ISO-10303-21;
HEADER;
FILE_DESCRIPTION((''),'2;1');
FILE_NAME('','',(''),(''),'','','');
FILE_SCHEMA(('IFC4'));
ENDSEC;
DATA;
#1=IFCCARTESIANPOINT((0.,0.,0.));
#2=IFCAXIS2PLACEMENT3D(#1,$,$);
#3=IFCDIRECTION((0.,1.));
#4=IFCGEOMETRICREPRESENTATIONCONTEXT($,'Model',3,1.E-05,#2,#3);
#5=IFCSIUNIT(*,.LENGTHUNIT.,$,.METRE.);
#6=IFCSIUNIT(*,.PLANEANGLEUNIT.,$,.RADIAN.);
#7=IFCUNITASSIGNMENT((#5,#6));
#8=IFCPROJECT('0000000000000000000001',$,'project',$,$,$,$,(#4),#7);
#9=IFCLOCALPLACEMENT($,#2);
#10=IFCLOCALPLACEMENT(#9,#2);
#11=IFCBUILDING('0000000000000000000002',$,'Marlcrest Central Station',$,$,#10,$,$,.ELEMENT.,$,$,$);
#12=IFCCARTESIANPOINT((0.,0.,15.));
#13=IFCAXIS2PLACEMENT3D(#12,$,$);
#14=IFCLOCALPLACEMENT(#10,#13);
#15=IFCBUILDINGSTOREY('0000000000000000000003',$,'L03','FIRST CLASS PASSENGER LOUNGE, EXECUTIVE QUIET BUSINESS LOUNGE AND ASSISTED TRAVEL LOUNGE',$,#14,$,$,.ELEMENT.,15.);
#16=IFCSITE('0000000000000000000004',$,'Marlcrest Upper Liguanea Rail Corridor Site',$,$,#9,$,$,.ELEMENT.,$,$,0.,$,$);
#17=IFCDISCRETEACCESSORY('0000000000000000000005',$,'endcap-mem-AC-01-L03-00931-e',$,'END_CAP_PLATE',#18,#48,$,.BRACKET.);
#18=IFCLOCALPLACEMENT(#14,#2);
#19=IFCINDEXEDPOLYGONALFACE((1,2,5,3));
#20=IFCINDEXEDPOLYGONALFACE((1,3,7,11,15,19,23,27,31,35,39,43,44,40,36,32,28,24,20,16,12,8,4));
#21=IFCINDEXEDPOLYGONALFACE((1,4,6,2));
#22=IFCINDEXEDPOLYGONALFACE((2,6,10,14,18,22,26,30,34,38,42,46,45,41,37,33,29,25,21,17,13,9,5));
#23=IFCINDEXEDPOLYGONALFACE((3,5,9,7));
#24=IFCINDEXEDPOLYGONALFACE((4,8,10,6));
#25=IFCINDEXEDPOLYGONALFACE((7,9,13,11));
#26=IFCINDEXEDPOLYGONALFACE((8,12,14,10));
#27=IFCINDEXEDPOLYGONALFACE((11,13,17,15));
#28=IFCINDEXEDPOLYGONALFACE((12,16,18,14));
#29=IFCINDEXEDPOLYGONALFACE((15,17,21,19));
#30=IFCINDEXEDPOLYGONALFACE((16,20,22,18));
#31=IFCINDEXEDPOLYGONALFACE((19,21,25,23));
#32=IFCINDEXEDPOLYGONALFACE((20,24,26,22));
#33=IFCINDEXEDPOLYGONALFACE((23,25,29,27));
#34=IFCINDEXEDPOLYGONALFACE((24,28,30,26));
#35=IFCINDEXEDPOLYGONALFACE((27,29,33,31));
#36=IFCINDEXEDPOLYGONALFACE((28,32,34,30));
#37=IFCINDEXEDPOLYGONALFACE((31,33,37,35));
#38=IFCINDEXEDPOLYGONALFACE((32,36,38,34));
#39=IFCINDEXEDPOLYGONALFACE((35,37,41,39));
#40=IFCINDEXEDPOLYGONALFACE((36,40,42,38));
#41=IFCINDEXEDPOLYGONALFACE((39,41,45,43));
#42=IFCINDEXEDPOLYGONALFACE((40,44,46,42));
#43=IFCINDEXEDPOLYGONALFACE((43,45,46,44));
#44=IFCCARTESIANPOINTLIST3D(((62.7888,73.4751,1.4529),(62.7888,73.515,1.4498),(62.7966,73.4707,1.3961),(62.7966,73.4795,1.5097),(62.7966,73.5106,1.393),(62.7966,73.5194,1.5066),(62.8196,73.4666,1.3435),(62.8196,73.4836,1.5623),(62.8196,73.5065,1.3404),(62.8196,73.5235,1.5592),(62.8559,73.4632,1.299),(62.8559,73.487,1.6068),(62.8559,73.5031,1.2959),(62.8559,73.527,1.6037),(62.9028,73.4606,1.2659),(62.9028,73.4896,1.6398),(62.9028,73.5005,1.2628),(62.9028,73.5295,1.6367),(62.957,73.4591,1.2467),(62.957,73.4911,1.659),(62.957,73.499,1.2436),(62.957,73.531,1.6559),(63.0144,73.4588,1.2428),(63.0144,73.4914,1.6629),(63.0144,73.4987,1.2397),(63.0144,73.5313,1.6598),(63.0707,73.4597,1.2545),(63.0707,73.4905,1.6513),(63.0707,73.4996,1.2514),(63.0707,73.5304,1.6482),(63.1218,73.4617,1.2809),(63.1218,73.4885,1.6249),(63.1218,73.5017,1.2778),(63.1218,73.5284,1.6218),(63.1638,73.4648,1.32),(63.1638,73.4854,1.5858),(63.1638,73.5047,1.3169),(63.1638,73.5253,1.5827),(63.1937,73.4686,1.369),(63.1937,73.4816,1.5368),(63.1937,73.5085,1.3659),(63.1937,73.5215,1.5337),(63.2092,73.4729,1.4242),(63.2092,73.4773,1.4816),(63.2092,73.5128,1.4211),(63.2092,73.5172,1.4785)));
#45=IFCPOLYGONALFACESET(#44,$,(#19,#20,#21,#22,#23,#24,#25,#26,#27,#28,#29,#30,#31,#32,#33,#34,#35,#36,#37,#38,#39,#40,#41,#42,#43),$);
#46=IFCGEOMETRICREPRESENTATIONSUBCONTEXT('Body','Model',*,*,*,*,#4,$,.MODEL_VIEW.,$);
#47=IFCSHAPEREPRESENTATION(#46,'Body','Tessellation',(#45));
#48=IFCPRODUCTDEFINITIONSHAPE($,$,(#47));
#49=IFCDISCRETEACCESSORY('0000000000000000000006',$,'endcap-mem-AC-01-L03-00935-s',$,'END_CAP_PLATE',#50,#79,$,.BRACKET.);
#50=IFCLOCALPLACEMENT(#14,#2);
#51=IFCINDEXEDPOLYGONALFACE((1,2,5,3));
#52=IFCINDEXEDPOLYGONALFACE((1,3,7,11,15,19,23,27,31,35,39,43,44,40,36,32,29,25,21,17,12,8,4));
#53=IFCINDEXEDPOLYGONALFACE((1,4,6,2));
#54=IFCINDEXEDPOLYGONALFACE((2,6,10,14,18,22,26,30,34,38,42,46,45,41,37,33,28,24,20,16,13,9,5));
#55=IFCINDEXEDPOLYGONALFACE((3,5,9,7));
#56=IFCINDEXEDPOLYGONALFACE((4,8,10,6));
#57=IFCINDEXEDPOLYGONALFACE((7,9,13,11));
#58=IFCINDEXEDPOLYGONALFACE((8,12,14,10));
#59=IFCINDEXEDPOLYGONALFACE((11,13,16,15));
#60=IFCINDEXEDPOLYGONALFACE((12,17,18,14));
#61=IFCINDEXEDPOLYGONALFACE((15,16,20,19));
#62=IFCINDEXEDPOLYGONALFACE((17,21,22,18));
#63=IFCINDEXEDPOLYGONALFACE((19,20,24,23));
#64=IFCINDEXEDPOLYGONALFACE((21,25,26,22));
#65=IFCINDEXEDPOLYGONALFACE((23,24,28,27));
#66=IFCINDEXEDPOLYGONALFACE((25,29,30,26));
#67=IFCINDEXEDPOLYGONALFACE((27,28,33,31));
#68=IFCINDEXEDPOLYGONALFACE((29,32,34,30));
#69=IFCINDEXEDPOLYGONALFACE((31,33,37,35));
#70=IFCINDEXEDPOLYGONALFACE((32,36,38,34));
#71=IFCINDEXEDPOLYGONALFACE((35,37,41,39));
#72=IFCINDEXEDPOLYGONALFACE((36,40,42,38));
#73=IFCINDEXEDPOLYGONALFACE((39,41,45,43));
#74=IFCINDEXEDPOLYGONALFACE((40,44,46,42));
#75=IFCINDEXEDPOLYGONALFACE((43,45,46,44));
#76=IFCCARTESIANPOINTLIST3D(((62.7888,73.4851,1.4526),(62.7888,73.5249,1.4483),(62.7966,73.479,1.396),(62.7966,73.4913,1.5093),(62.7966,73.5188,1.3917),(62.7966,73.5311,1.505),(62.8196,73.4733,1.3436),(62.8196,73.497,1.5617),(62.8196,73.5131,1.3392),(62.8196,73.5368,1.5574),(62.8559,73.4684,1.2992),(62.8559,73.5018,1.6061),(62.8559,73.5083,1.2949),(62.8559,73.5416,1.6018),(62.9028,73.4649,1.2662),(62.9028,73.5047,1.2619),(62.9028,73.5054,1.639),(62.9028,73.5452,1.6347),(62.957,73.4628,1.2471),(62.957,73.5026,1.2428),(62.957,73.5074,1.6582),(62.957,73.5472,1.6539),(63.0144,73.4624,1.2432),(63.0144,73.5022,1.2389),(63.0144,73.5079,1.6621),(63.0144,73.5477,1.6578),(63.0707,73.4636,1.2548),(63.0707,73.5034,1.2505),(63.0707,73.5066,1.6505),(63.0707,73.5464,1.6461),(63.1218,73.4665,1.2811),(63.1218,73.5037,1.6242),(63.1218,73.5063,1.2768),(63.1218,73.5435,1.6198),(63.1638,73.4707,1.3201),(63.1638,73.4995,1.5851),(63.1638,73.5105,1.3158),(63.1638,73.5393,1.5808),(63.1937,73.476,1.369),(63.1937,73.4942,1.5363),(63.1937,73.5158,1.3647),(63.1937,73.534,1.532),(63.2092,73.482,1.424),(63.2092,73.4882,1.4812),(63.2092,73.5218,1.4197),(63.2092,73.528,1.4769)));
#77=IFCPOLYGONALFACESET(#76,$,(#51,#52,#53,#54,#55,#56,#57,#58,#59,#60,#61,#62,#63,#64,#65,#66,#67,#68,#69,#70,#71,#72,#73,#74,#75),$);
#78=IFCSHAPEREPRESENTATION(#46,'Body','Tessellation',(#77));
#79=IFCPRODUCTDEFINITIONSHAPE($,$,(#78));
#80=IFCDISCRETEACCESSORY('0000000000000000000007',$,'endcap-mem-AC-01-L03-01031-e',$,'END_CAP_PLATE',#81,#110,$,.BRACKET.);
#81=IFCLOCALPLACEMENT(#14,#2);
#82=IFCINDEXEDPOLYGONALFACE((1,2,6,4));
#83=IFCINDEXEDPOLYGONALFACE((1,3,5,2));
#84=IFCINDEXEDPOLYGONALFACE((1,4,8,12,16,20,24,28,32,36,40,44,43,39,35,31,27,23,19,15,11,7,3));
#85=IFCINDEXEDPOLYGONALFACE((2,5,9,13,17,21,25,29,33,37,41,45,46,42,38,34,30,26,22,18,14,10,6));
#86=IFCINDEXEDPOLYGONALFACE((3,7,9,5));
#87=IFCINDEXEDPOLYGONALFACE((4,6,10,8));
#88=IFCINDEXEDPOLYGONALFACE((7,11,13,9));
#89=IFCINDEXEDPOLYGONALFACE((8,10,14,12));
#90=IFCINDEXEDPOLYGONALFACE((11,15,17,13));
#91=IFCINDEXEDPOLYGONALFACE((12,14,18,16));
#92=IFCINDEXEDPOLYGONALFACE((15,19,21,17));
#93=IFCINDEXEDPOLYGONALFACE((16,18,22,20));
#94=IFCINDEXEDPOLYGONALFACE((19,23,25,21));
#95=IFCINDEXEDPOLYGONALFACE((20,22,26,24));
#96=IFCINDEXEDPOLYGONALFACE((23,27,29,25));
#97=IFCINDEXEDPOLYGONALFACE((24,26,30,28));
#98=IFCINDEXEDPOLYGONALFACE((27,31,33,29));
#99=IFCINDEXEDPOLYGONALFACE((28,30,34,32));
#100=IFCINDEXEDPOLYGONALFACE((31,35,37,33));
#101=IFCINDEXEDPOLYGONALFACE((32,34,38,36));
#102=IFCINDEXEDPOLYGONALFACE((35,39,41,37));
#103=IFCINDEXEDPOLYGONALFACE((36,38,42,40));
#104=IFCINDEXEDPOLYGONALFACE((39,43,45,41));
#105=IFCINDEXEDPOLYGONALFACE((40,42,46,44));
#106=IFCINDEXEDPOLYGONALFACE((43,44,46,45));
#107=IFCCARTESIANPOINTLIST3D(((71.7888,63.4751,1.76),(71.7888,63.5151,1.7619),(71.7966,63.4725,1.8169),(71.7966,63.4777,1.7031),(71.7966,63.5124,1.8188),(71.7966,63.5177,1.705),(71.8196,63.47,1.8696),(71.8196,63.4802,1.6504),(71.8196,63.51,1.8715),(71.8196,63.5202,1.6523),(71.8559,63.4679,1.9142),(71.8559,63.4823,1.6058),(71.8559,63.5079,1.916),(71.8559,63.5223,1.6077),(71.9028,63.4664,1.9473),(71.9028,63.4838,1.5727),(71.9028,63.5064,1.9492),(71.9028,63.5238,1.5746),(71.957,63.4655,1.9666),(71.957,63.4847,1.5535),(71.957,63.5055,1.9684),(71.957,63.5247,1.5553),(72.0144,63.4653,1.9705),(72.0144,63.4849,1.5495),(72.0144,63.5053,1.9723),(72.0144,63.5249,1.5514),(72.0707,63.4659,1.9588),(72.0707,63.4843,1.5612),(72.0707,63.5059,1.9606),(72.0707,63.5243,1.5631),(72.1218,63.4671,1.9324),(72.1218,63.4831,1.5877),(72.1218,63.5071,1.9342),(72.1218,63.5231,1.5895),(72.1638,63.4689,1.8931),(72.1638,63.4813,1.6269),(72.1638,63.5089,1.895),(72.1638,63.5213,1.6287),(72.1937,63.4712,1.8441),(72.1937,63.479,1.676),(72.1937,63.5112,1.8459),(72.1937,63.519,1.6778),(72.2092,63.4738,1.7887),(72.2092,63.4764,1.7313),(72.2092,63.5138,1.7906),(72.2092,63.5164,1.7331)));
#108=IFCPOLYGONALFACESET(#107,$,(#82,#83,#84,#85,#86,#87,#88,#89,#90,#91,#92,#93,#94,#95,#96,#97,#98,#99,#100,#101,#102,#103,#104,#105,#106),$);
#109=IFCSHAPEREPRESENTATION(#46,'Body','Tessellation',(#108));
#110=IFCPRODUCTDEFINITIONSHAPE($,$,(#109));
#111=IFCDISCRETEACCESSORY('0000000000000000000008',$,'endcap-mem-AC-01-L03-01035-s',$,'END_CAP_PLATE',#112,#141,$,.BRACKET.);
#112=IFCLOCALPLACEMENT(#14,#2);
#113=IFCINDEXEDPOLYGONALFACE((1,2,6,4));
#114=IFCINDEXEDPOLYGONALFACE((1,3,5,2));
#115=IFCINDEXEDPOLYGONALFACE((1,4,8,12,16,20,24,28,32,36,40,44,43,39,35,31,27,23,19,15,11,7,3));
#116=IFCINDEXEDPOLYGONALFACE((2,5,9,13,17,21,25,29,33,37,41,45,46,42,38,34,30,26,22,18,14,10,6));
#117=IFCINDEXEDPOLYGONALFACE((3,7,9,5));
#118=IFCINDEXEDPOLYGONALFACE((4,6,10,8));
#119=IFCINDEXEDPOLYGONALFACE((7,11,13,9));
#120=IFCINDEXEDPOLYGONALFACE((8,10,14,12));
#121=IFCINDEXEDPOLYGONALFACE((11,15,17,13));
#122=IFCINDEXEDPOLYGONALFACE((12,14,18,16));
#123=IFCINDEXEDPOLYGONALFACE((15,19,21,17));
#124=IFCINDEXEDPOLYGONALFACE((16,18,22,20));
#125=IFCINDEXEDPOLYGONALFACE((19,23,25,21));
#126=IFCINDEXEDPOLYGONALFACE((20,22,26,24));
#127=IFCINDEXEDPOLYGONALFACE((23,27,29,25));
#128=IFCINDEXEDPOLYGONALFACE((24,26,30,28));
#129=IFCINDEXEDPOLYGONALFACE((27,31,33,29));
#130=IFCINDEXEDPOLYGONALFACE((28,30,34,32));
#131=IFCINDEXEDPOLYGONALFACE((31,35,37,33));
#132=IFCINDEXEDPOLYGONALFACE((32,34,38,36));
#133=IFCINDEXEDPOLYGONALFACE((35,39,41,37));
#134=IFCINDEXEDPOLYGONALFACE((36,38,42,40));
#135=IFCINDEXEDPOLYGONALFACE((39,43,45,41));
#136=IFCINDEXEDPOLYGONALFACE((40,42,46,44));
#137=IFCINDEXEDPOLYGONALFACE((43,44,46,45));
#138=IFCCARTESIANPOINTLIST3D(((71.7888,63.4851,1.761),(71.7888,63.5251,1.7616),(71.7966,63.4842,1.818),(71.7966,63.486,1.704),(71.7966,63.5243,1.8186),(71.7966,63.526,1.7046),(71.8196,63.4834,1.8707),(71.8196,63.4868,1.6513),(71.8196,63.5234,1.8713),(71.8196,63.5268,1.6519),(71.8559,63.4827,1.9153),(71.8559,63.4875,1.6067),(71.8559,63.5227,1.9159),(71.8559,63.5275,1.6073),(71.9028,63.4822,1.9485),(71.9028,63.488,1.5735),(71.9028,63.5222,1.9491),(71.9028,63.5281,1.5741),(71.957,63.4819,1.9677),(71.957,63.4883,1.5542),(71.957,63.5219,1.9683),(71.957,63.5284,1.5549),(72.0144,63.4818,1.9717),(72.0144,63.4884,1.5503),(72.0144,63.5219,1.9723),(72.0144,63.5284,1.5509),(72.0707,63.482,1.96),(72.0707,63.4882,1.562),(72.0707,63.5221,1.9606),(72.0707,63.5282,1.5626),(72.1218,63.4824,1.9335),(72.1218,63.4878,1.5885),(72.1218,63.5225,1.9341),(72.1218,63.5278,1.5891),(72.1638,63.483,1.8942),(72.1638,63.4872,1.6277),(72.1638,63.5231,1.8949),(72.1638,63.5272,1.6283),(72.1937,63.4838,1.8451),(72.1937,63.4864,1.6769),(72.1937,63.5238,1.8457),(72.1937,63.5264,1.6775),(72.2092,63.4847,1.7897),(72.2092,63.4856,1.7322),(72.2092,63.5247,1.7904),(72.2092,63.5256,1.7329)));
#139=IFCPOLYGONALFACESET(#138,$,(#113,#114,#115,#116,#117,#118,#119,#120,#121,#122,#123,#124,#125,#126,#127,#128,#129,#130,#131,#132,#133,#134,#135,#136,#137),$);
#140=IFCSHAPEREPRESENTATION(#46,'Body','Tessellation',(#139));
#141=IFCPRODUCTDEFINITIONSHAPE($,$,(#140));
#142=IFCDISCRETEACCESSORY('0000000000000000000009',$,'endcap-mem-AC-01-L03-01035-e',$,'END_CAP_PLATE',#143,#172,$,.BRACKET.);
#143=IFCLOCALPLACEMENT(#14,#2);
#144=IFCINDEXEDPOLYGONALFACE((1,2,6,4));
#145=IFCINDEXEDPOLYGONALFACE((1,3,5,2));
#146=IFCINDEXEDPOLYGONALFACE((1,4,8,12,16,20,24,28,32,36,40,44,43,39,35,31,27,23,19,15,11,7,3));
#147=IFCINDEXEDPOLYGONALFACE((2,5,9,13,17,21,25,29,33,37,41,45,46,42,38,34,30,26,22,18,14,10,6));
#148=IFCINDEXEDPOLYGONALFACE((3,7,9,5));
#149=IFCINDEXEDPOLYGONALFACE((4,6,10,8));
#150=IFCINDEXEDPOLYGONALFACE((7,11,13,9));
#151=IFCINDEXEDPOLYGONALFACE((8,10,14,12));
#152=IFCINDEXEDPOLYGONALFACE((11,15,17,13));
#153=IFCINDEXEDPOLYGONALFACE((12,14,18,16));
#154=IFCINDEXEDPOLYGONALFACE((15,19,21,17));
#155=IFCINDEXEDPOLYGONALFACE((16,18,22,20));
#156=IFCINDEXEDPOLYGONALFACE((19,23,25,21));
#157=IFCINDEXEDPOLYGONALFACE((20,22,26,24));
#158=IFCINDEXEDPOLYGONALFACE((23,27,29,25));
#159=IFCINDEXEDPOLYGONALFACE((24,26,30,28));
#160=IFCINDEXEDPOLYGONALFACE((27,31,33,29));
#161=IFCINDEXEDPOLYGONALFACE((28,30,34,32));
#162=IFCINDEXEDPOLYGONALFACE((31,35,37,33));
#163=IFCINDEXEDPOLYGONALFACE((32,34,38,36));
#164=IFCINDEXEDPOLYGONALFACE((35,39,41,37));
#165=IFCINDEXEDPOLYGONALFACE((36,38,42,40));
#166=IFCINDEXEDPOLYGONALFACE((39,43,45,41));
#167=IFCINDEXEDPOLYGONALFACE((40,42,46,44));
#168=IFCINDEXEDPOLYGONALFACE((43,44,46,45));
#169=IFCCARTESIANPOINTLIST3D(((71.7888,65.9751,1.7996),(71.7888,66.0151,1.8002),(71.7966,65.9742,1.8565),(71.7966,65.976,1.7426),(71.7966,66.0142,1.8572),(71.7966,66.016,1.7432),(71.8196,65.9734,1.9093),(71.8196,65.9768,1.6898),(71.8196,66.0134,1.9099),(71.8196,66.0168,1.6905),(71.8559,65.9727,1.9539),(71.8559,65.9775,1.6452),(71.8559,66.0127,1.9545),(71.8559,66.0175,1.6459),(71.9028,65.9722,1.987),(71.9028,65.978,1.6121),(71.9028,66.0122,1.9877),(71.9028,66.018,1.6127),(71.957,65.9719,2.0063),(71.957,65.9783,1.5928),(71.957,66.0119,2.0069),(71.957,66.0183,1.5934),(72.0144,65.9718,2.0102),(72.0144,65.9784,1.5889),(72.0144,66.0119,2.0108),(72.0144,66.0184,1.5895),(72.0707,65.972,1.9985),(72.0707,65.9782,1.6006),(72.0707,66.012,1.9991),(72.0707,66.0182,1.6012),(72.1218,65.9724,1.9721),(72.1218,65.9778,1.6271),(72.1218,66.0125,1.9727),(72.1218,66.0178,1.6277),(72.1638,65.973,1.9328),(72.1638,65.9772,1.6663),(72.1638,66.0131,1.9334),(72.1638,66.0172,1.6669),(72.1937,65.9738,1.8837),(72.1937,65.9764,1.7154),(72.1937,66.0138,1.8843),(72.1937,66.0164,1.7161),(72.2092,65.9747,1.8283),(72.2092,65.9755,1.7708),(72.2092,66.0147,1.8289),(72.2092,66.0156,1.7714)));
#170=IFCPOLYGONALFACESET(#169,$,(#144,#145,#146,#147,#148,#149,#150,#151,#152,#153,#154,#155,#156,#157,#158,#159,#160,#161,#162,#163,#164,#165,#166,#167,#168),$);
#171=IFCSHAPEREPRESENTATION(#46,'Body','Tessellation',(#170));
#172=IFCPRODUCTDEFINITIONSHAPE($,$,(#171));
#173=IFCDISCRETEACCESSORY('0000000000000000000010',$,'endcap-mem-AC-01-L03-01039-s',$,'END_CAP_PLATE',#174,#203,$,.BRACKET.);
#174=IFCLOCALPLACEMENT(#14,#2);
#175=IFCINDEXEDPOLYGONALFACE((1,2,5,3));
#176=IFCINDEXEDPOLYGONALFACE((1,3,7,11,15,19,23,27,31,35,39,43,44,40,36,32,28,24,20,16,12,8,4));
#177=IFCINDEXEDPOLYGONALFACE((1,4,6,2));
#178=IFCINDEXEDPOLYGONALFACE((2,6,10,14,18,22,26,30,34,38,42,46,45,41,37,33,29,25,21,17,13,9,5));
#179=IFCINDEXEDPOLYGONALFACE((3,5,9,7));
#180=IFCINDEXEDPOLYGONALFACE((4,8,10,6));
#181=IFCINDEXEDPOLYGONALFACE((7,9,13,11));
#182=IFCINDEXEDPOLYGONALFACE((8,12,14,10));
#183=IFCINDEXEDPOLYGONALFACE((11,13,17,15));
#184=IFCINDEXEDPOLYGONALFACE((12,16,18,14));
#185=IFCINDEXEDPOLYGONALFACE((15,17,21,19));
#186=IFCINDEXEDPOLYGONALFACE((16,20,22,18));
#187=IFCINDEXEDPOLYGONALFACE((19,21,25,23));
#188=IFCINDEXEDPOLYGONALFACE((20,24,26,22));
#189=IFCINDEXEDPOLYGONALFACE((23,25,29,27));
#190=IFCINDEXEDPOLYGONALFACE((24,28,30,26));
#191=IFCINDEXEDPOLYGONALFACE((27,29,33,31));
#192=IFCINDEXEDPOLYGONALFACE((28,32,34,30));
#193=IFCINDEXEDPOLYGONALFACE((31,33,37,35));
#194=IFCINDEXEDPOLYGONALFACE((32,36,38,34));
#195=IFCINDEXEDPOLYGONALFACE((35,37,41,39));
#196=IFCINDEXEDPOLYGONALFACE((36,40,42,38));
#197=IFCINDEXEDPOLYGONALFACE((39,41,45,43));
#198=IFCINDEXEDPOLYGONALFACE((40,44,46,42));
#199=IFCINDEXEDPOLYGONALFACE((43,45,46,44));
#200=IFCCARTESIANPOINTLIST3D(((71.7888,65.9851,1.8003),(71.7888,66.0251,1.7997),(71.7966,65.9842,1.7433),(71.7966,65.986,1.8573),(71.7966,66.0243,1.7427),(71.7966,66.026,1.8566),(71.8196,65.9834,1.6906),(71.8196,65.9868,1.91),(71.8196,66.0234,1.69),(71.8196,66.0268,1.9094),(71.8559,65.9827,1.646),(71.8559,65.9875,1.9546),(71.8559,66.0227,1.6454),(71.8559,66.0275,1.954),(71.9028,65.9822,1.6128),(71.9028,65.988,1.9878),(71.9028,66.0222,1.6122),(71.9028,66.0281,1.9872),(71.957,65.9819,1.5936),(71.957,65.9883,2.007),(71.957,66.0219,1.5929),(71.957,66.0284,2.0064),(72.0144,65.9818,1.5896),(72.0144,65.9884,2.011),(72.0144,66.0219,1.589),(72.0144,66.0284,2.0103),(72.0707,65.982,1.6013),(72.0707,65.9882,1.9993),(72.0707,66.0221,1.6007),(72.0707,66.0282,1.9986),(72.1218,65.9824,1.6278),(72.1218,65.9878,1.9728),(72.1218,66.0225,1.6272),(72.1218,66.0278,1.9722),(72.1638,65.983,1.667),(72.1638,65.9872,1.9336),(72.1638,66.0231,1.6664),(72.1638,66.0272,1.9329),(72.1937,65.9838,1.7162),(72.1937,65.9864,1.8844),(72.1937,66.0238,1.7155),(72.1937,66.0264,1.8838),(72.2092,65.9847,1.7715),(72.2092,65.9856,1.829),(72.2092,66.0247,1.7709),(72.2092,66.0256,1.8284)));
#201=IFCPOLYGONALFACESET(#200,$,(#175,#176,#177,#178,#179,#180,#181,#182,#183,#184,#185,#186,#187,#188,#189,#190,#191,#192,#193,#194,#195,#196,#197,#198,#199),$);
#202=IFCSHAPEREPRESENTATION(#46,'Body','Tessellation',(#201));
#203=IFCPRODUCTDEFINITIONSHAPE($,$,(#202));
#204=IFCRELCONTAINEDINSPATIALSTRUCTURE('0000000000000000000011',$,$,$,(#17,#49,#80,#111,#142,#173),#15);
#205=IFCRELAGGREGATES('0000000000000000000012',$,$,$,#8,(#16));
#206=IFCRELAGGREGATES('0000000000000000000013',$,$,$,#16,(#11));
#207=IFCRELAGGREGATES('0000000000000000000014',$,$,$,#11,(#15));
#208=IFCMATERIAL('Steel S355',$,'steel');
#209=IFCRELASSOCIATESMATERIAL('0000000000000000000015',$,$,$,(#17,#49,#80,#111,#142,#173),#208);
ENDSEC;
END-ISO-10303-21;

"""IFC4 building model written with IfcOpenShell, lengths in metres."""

from ifc_helpers import new_model, si_unit, direction, frame, origin, origin_2d, place, context, subcontext, project, spatial, circle, extrude, material, element, save


model = new_model("IFC4")

# Units and contexts
model_context = context("Model", 3, precision=1e-05, world=origin(), true_north=direction((0.0, 1.0)))
body_context = subcontext(model_context, "Body", "Model", "MODEL_VIEW")
ifc_project = project(units=[si_unit("LENGTHUNIT", "METRE"), si_unit("PLANEANGLEUNIT", "RADIAN")], contexts=[model_context])

# Site, building, storey
site_placement = place(None, origin())
site = spatial("IfcSite", under=ifc_project, at=site_placement, Name="Marlcrest Upper Liguanea Rail Corridor Site", CompositionType="ELEMENT", RefElevation=0.0)
building_placement = place(site_placement, origin())
building = spatial("IfcBuilding", under=site, at=building_placement, Name="Marlcrest Central Station", CompositionType="ELEMENT")
storey_placement = place(building_placement, frame((0.0, 0.0, 15.0)))
storey = spatial("IfcBuildingStorey", under=building, at=storey_placement, Name="L03", Description="FIRST CLASS PASSENGER LOUNGE, EXECUTIVE QUIET BUSINESS LOUNGE AND ASSISTED TRAVEL LOUNGE", CompositionType="ELEMENT", Elevation=15.0)

# Shared definitions
ifc_material_1 = material(Name="Steel S355", Category="steel")

# Discrete accessories
for number, where, z_axis, x_axis, name in (
    (1, (63.0, 73.4751, 1.4529), (0.0, 0.997, -0.077404), (-1.0, 0.0, 0.0), "endcap-mem-AC-01-L03-00931-e"),
    (2, (63.0, 73.4851, 1.4526), (0.0, 0.994155, -0.107959), (-1.0, 0.0, 0.0), "endcap-mem-AC-01-L03-00935-s"),
    (3, (72.0, 63.4751, 1.76), (0.0, 0.998921, 0.046434), (-1.0, 0.0, 0.0), "endcap-mem-AC-01-L03-01031-e"),
    (4, (72.0, 63.4851, 1.761), (0.0, 0.999879, 0.015525), (-1.0, 0.0, 0.0), "endcap-mem-AC-01-L03-01035-s"),
    (5, (72.0, 65.9751, 1.7996), (0.0, 0.999879, 0.015525), (-1.0, 0.0, 0.0), "endcap-mem-AC-01-L03-01035-e"),
    (6, (72.0, 65.9851, 1.8003), (0.0, 0.999879, -0.015525), (-1.0, 0.0, 0.0), "endcap-mem-AC-01-L03-01039-s"),
):
    element("IfcDiscreteAccessory", number, at=place(storey_placement, frame(where, z_axis=z_axis, x_axis=x_axis)), inside=storey, material=ifc_material_1, Name=name, ObjectType="END_CAP_PLATE", PredefinedType="BRACKET", context=body_context, shape_type="SweptSolid", body=[
        extrude(circle(Radius=0.2112, at=origin_2d()), origin(), (0.0, 0.0, 1.0), 0.04),
    ])

save(model, "model.ifc")
